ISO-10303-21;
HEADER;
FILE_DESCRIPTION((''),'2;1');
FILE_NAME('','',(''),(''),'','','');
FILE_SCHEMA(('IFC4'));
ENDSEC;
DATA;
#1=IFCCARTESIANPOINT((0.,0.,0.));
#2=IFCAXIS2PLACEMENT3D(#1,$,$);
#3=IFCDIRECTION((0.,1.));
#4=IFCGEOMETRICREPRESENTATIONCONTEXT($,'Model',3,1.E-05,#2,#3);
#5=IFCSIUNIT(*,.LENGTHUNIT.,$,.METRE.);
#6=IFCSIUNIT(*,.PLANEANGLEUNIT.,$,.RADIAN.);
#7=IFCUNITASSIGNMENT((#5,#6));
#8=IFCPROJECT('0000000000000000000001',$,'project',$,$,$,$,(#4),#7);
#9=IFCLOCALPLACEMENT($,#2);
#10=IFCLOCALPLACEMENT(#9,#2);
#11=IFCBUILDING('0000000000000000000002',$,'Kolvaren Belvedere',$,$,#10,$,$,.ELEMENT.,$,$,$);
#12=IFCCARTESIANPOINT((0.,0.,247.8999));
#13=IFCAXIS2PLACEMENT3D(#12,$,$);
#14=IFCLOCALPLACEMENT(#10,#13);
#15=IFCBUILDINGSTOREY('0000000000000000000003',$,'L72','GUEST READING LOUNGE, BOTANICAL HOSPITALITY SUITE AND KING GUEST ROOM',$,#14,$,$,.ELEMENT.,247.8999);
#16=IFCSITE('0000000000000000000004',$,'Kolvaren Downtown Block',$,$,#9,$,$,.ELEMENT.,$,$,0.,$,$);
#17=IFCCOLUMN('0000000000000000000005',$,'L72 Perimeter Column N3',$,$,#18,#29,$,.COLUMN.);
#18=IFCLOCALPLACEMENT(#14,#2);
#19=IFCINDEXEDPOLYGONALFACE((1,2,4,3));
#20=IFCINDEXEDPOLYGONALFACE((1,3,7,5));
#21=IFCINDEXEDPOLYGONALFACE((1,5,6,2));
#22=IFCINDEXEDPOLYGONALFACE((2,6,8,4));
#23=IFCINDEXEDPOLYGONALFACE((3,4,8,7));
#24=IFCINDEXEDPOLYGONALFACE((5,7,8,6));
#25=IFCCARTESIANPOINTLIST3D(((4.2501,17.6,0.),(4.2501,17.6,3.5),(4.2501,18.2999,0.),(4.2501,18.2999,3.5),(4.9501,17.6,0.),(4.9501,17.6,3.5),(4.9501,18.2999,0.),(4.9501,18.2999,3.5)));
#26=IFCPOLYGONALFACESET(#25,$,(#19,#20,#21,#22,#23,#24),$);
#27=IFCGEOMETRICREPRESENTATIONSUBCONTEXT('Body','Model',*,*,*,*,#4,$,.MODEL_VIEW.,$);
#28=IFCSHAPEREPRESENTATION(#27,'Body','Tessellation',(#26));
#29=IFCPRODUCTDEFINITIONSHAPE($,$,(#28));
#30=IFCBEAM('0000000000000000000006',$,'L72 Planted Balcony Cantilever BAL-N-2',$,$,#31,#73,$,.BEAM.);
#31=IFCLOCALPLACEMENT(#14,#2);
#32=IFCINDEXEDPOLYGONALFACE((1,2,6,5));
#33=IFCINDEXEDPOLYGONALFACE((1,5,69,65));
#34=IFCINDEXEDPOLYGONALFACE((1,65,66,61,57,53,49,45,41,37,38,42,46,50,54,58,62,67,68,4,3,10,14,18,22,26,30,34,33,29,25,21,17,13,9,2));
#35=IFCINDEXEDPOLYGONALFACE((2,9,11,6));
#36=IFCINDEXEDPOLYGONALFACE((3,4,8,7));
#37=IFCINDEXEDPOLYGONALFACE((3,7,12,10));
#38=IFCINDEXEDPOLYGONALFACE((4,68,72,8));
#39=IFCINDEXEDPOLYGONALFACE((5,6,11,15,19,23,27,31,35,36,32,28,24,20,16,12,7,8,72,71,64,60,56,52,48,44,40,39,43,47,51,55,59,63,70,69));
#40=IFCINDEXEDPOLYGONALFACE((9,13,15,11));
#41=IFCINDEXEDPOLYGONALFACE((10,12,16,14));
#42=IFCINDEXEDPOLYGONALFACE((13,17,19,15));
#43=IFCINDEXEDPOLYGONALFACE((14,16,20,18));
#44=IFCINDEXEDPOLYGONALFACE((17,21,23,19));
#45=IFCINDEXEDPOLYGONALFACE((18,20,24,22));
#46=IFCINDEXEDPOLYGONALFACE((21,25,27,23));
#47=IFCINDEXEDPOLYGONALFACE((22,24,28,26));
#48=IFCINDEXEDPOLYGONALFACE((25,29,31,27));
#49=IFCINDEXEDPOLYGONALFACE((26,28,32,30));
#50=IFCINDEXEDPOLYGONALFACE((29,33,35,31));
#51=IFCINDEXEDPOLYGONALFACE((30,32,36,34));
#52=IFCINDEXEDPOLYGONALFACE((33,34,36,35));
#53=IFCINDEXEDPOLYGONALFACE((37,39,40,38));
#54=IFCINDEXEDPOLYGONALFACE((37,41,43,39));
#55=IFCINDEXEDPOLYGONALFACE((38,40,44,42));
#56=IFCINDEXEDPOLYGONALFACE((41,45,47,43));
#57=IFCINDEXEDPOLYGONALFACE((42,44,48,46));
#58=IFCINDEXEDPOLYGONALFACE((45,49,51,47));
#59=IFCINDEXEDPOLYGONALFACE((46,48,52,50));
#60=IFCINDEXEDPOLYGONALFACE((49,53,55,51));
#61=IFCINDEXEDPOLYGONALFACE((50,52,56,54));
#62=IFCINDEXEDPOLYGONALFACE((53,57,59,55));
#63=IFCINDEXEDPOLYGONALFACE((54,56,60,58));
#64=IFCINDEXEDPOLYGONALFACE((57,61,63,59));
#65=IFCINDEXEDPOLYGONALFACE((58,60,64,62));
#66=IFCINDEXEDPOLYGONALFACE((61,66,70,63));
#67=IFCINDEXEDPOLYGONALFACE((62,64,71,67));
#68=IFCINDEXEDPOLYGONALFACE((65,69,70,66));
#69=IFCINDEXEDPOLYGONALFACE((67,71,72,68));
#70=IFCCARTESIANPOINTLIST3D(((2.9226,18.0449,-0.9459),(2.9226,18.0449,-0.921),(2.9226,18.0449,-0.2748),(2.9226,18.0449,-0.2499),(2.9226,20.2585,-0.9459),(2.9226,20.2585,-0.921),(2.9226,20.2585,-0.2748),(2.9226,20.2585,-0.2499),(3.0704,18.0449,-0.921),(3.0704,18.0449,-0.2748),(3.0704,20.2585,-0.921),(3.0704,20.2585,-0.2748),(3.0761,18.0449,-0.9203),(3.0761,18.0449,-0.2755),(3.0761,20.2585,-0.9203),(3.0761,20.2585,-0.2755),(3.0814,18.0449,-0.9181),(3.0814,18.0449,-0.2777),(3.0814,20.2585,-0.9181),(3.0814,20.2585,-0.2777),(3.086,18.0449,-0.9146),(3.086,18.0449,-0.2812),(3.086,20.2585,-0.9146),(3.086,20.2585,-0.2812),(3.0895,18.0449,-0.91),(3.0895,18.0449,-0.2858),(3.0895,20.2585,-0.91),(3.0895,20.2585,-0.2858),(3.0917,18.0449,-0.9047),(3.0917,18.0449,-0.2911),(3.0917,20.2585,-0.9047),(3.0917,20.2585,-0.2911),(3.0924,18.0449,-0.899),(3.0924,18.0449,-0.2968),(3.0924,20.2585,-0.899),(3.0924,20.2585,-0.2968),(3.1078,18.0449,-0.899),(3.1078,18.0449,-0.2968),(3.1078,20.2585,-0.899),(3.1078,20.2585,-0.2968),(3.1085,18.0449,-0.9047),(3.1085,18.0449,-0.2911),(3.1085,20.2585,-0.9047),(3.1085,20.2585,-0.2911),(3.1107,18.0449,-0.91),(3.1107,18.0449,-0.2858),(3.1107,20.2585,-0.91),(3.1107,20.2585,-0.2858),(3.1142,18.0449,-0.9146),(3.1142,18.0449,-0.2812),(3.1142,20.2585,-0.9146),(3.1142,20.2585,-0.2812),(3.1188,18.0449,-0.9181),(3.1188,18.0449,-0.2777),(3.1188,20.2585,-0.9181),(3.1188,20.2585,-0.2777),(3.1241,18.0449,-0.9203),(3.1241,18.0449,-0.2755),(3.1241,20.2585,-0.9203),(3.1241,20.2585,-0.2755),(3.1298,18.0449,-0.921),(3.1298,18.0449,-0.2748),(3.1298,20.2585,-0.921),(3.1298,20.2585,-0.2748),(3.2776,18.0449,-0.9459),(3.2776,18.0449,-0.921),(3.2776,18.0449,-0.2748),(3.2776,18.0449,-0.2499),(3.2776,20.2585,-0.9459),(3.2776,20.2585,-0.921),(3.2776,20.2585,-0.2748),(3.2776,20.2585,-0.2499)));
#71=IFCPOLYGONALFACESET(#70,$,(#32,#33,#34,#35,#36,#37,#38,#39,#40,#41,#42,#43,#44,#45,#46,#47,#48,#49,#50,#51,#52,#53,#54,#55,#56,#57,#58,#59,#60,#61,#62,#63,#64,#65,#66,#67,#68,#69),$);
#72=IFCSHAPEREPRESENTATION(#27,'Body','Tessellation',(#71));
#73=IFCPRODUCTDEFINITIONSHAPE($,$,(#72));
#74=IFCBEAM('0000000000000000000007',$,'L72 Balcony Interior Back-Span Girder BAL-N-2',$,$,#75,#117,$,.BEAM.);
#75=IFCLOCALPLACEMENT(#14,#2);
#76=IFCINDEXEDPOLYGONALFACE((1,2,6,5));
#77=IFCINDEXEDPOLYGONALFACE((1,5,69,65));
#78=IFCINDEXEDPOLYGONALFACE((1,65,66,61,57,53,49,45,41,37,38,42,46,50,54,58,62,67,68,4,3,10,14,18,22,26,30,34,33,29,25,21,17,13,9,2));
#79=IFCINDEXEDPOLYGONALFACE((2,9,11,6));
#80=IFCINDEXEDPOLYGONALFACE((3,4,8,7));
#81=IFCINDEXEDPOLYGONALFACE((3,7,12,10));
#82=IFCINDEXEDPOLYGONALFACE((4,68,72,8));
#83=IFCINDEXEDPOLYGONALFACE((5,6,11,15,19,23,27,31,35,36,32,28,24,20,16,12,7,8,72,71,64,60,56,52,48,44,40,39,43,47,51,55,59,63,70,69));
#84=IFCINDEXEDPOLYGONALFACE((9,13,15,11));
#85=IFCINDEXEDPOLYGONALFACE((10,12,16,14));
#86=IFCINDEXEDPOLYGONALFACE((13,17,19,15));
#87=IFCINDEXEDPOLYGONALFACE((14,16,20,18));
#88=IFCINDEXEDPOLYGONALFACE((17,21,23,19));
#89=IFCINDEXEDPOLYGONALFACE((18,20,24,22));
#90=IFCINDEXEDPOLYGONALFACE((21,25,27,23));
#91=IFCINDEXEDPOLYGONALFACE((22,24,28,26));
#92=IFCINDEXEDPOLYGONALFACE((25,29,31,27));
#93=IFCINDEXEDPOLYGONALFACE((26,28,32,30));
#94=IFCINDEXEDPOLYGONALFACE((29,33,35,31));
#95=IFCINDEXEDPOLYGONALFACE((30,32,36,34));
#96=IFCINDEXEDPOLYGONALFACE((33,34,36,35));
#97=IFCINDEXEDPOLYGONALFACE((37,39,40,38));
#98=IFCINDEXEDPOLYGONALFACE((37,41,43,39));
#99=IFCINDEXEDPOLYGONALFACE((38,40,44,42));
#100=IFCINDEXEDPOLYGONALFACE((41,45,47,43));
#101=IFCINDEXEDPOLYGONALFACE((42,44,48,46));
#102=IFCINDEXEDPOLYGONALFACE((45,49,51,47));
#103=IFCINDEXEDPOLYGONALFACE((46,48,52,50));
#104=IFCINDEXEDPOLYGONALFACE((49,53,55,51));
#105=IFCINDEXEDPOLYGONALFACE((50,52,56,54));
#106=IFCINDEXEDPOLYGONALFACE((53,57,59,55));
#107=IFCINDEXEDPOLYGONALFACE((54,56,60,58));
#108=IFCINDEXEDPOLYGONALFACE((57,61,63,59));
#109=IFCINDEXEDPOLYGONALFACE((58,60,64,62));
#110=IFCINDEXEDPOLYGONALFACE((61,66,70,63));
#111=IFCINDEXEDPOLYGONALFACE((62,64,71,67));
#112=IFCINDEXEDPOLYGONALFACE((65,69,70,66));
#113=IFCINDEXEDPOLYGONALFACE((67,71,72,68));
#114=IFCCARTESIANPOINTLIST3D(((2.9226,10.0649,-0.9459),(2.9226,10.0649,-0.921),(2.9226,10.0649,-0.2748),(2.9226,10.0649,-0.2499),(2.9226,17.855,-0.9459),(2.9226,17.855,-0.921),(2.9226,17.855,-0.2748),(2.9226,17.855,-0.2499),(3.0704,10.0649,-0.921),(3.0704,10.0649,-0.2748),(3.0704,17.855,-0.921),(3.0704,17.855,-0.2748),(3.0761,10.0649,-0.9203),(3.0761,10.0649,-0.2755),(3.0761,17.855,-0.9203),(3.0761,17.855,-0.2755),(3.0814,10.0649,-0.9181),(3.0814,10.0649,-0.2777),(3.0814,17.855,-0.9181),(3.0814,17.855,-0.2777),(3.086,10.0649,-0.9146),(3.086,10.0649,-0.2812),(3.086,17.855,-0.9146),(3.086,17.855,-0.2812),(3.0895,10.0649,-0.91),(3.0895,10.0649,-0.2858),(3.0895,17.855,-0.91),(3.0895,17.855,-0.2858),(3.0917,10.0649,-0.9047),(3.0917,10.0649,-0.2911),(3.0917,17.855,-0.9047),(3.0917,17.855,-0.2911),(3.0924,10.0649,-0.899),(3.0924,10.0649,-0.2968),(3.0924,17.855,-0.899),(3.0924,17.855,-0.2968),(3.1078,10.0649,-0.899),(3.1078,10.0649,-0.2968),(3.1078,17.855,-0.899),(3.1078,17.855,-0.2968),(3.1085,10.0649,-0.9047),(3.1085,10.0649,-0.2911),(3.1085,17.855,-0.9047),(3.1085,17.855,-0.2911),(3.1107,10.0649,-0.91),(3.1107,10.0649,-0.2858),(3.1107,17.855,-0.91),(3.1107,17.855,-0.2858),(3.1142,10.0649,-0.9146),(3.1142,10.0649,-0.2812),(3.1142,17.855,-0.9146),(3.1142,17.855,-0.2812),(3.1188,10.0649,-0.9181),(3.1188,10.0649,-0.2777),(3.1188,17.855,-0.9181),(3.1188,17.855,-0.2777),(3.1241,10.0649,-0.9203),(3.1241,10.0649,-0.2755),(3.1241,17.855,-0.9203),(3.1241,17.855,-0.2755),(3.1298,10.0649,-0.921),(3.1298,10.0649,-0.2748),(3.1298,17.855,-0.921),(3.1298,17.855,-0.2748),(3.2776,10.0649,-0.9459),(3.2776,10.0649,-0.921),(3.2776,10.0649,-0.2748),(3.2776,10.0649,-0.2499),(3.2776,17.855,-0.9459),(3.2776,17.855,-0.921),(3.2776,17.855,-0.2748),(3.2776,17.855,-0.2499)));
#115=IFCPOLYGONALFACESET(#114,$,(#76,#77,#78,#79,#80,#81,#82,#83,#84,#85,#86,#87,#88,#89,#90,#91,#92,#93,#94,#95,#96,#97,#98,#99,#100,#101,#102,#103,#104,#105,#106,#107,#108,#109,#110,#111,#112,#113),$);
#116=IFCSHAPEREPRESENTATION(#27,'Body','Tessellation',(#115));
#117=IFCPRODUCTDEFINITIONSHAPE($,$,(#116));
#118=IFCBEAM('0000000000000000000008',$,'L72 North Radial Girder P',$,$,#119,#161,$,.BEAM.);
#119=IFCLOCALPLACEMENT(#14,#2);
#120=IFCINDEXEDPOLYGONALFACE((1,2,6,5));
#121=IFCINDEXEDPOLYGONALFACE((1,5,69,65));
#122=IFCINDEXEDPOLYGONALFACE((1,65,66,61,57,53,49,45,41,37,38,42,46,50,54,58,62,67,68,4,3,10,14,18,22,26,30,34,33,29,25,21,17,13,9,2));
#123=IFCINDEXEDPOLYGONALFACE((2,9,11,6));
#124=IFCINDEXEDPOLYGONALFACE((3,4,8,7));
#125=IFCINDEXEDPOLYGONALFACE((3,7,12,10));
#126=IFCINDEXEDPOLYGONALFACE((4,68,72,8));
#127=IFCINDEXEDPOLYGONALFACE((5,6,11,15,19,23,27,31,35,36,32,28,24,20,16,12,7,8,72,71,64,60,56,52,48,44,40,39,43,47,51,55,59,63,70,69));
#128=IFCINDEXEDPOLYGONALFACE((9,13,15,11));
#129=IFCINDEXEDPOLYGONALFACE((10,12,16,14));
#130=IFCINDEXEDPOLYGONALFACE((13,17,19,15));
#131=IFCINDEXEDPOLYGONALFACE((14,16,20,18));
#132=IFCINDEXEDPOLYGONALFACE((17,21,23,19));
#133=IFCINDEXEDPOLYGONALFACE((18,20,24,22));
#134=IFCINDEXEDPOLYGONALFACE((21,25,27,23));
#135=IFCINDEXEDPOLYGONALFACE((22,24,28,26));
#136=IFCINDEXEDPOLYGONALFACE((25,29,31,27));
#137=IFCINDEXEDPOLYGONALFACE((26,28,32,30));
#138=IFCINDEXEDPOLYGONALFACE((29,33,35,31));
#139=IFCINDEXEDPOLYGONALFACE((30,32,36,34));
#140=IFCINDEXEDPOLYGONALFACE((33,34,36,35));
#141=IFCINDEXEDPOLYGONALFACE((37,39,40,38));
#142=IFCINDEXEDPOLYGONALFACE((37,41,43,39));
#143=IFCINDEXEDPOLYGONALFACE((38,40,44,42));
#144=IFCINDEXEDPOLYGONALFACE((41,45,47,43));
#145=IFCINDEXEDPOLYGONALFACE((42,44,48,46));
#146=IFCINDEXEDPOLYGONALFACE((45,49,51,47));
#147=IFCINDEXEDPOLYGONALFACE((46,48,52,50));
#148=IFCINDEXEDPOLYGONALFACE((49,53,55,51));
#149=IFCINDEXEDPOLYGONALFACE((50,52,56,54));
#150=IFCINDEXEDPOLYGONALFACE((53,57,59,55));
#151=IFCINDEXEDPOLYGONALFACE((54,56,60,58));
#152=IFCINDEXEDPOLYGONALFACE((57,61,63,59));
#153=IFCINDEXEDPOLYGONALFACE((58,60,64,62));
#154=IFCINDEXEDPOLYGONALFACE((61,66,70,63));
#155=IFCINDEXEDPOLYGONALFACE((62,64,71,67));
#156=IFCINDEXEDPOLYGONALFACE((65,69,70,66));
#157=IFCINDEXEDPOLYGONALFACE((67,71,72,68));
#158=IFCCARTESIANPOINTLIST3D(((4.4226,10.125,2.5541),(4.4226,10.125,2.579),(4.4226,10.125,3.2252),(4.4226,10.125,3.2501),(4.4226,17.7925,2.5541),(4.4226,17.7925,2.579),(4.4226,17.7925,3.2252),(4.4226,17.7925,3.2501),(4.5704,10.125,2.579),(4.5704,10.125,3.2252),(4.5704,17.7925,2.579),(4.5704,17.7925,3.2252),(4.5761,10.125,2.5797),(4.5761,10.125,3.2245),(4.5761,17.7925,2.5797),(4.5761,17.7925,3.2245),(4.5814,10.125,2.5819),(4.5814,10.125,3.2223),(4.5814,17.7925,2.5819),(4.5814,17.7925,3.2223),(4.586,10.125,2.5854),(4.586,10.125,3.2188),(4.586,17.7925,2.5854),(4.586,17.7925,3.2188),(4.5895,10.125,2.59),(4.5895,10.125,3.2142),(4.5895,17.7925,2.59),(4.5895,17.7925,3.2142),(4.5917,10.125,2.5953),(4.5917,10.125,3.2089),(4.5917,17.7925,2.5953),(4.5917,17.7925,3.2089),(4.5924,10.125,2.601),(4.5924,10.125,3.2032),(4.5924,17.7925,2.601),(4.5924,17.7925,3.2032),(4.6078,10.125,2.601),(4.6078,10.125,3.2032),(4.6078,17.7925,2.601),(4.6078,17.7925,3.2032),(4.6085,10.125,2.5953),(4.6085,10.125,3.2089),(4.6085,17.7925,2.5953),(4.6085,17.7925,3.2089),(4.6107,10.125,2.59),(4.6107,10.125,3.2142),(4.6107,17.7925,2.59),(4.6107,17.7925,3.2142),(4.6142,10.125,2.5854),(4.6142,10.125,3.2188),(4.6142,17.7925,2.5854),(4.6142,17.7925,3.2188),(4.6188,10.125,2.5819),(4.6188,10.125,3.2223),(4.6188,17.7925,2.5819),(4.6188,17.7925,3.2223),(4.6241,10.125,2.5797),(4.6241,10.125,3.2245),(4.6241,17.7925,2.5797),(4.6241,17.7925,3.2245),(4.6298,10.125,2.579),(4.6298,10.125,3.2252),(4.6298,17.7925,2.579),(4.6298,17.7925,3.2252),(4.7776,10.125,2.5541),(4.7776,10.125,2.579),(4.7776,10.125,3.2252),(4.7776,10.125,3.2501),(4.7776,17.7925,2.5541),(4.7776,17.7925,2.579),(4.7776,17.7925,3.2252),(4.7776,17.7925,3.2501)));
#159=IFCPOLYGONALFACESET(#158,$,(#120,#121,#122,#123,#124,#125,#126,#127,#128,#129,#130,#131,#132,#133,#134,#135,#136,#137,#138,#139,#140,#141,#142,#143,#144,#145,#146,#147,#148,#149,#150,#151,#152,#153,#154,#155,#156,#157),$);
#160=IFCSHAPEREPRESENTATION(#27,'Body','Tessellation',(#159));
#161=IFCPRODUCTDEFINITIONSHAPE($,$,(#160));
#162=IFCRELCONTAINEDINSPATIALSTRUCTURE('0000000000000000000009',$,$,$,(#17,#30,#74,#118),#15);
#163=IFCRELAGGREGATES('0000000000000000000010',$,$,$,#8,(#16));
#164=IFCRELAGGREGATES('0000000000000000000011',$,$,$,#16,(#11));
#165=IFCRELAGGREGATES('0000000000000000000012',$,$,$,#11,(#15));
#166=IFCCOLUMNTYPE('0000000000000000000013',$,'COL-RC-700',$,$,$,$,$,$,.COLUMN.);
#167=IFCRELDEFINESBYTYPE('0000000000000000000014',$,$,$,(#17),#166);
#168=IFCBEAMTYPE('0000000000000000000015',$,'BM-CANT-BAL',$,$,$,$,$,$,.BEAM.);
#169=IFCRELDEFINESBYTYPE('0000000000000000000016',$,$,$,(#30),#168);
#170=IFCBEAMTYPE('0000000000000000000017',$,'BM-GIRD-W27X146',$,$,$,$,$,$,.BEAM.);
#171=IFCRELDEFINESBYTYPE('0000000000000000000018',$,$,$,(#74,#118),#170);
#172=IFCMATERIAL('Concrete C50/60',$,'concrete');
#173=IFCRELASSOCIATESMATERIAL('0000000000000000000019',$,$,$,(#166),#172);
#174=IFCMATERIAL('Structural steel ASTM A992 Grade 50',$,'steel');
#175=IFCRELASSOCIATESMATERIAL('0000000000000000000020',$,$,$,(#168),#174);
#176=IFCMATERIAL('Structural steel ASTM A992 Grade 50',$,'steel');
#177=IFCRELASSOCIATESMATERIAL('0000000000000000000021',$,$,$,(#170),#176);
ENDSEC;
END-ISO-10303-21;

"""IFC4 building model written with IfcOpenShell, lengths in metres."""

from ifc_helpers import new_model, si_unit, direction, frame, origin, origin_2d, place, context, subcontext, project, spatial, rectangle, i_section, extrude, material, material_profile, profile_set, type_object, element, save


model = new_model("IFC4")

# Units and contexts
model_context = context("Model", 3, precision=1e-05, world=origin(), true_north=direction((0.0, 1.0)))
body_context = subcontext(model_context, "Body", "Model", "MODEL_VIEW")
ifc_project = project(units=[si_unit("LENGTHUNIT", "METRE"), si_unit("PLANEANGLEUNIT", "RADIAN")], contexts=[model_context])

# Site, building, storey
site_placement = place(None, origin())
site = spatial("IfcSite", under=ifc_project, at=site_placement, Name="Kolvaren Downtown Block", CompositionType="ELEMENT", RefElevation=0.0)
building_placement = place(site_placement, origin())
building = spatial("IfcBuilding", under=site, at=building_placement, Name="Kolvaren Belvedere", CompositionType="ELEMENT")
storey_placement = place(building_placement, frame((0.0, 0.0, 247.8999)))
storey = spatial("IfcBuildingStorey", under=building, at=storey_placement, Name="L72", Description="GUEST READING LOUNGE, BOTANICAL HOSPITALITY SUITE AND KING GUEST ROOM", CompositionType="ELEMENT", Elevation=247.8999)

# Column
ifc_material_1 = material(Name="Concrete C50/60", Category="concrete")
ifc_material_profile_1 = material_profile(ifc_material_1, rectangle(XDim=0.7, YDim=0.7, at=origin_2d()), Name="RC 700X700")
ifc_profile_set_1 = profile_set([ifc_material_profile_1], Name="Concrete C50/60")
column_type = type_object("IfcColumnType", Name="COL-RC-700", PredefinedType="COLUMN", material=ifc_profile_set_1)
column_placement = place(storey_placement, frame((4.6001, 17.95, 0.0), z_axis=(0.0, 0.0, 1.0), x_axis=(1.0, 0.0, 0.0)))
element("IfcColumn", 1, at=column_placement, inside=storey, type_object=column_type, Name="L72 Perimeter Column N3", PredefinedType="COLUMN", context=body_context, shape_type="SweptSolid", body=[
    extrude(rectangle(XDim=0.7, YDim=0.7, at=origin_2d()), origin(), (0.0, 0.0, 1.0), 3.5),
])

# Beams
ifc_material_2 = material(Name="Structural steel ASTM A992 Grade 50", Category="steel")
ifc_material_profile_2 = material_profile(ifc_material_2, i_section(OverallWidth=0.355, OverallDepth=0.696, WebThickness=0.0154, FlangeThickness=0.0249, FilletRadius=0.022, at=origin_2d()), Name="W27X146")
ifc_profile_set_2 = profile_set([ifc_material_profile_2], Name="Structural steel ASTM A992 Grade 50")
beam_type_1 = type_object("IfcBeamType", Name="BM-CANT-BAL", PredefinedType="BEAM", material=ifc_profile_set_2)
beam_1_placement = place(storey_placement, frame((3.1001, 18.0449, -0.5979), z_axis=(0.0, 1.0, 0.0), x_axis=(-1.0, 0.0, 0.0)))
element("IfcBeam", 2, at=beam_1_placement, inside=storey, type_object=beam_type_1, Name="L72 Planted Balcony Cantilever BAL-N-2", PredefinedType="BEAM", context=body_context, shape_type="SweptSolid", body=[
    extrude(i_section(OverallWidth=0.355, OverallDepth=0.696, WebThickness=0.0154, FlangeThickness=0.0249, FilletRadius=0.022, at=origin_2d()), origin(), (0.0, 0.0, 1.0), 2.2136),
])
ifc_material_3 = material(Name="Structural steel ASTM A992 Grade 50", Category="steel")
ifc_material_profile_3 = material_profile(ifc_material_3, i_section(OverallWidth=0.355, OverallDepth=0.696, WebThickness=0.0154, FlangeThickness=0.0249, FilletRadius=0.022, at=origin_2d()), Name="W27X146")
ifc_profile_set_3 = profile_set([ifc_material_profile_3], Name="Structural steel ASTM A992 Grade 50")
beam_type_2 = type_object("IfcBeamType", Name="BM-GIRD-W27X146", PredefinedType="BEAM", material=ifc_profile_set_3)
beam_2_placement = place(storey_placement, frame((3.1001, 10.0649, -0.5979), z_axis=(0.0, 1.0, 0.0), x_axis=(-1.0, 0.0, 0.0)))
element("IfcBeam", 3, at=beam_2_placement, inside=storey, type_object=beam_type_2, Name="L72 Balcony Interior Back-Span Girder BAL-N-2", PredefinedType="BEAM", context=body_context, shape_type="SweptSolid", body=[
    extrude(i_section(OverallWidth=0.355, OverallDepth=0.696, WebThickness=0.0154, FlangeThickness=0.0249, FilletRadius=0.022, at=origin_2d()), origin(), (0.0, 0.0, 1.0), 7.79),
])
beam_3_placement = place(storey_placement, frame((4.6001, 10.125, 2.9021), z_axis=(0.0, 1.0, 0.0), x_axis=(-1.0, 0.0, 0.0)))
element("IfcBeam", 4, at=beam_3_placement, inside=storey, type_object=beam_type_2, Name="L72 North Radial Girder P", PredefinedType="BEAM", context=body_context, shape_type="SweptSolid", body=[
    extrude(i_section(OverallWidth=0.355, OverallDepth=0.696, WebThickness=0.0154, FlangeThickness=0.0249, FilletRadius=0.022, at=origin_2d()), origin(), (0.0, 0.0, 1.0), 7.6675),
])

save(model, "model.ifc")
